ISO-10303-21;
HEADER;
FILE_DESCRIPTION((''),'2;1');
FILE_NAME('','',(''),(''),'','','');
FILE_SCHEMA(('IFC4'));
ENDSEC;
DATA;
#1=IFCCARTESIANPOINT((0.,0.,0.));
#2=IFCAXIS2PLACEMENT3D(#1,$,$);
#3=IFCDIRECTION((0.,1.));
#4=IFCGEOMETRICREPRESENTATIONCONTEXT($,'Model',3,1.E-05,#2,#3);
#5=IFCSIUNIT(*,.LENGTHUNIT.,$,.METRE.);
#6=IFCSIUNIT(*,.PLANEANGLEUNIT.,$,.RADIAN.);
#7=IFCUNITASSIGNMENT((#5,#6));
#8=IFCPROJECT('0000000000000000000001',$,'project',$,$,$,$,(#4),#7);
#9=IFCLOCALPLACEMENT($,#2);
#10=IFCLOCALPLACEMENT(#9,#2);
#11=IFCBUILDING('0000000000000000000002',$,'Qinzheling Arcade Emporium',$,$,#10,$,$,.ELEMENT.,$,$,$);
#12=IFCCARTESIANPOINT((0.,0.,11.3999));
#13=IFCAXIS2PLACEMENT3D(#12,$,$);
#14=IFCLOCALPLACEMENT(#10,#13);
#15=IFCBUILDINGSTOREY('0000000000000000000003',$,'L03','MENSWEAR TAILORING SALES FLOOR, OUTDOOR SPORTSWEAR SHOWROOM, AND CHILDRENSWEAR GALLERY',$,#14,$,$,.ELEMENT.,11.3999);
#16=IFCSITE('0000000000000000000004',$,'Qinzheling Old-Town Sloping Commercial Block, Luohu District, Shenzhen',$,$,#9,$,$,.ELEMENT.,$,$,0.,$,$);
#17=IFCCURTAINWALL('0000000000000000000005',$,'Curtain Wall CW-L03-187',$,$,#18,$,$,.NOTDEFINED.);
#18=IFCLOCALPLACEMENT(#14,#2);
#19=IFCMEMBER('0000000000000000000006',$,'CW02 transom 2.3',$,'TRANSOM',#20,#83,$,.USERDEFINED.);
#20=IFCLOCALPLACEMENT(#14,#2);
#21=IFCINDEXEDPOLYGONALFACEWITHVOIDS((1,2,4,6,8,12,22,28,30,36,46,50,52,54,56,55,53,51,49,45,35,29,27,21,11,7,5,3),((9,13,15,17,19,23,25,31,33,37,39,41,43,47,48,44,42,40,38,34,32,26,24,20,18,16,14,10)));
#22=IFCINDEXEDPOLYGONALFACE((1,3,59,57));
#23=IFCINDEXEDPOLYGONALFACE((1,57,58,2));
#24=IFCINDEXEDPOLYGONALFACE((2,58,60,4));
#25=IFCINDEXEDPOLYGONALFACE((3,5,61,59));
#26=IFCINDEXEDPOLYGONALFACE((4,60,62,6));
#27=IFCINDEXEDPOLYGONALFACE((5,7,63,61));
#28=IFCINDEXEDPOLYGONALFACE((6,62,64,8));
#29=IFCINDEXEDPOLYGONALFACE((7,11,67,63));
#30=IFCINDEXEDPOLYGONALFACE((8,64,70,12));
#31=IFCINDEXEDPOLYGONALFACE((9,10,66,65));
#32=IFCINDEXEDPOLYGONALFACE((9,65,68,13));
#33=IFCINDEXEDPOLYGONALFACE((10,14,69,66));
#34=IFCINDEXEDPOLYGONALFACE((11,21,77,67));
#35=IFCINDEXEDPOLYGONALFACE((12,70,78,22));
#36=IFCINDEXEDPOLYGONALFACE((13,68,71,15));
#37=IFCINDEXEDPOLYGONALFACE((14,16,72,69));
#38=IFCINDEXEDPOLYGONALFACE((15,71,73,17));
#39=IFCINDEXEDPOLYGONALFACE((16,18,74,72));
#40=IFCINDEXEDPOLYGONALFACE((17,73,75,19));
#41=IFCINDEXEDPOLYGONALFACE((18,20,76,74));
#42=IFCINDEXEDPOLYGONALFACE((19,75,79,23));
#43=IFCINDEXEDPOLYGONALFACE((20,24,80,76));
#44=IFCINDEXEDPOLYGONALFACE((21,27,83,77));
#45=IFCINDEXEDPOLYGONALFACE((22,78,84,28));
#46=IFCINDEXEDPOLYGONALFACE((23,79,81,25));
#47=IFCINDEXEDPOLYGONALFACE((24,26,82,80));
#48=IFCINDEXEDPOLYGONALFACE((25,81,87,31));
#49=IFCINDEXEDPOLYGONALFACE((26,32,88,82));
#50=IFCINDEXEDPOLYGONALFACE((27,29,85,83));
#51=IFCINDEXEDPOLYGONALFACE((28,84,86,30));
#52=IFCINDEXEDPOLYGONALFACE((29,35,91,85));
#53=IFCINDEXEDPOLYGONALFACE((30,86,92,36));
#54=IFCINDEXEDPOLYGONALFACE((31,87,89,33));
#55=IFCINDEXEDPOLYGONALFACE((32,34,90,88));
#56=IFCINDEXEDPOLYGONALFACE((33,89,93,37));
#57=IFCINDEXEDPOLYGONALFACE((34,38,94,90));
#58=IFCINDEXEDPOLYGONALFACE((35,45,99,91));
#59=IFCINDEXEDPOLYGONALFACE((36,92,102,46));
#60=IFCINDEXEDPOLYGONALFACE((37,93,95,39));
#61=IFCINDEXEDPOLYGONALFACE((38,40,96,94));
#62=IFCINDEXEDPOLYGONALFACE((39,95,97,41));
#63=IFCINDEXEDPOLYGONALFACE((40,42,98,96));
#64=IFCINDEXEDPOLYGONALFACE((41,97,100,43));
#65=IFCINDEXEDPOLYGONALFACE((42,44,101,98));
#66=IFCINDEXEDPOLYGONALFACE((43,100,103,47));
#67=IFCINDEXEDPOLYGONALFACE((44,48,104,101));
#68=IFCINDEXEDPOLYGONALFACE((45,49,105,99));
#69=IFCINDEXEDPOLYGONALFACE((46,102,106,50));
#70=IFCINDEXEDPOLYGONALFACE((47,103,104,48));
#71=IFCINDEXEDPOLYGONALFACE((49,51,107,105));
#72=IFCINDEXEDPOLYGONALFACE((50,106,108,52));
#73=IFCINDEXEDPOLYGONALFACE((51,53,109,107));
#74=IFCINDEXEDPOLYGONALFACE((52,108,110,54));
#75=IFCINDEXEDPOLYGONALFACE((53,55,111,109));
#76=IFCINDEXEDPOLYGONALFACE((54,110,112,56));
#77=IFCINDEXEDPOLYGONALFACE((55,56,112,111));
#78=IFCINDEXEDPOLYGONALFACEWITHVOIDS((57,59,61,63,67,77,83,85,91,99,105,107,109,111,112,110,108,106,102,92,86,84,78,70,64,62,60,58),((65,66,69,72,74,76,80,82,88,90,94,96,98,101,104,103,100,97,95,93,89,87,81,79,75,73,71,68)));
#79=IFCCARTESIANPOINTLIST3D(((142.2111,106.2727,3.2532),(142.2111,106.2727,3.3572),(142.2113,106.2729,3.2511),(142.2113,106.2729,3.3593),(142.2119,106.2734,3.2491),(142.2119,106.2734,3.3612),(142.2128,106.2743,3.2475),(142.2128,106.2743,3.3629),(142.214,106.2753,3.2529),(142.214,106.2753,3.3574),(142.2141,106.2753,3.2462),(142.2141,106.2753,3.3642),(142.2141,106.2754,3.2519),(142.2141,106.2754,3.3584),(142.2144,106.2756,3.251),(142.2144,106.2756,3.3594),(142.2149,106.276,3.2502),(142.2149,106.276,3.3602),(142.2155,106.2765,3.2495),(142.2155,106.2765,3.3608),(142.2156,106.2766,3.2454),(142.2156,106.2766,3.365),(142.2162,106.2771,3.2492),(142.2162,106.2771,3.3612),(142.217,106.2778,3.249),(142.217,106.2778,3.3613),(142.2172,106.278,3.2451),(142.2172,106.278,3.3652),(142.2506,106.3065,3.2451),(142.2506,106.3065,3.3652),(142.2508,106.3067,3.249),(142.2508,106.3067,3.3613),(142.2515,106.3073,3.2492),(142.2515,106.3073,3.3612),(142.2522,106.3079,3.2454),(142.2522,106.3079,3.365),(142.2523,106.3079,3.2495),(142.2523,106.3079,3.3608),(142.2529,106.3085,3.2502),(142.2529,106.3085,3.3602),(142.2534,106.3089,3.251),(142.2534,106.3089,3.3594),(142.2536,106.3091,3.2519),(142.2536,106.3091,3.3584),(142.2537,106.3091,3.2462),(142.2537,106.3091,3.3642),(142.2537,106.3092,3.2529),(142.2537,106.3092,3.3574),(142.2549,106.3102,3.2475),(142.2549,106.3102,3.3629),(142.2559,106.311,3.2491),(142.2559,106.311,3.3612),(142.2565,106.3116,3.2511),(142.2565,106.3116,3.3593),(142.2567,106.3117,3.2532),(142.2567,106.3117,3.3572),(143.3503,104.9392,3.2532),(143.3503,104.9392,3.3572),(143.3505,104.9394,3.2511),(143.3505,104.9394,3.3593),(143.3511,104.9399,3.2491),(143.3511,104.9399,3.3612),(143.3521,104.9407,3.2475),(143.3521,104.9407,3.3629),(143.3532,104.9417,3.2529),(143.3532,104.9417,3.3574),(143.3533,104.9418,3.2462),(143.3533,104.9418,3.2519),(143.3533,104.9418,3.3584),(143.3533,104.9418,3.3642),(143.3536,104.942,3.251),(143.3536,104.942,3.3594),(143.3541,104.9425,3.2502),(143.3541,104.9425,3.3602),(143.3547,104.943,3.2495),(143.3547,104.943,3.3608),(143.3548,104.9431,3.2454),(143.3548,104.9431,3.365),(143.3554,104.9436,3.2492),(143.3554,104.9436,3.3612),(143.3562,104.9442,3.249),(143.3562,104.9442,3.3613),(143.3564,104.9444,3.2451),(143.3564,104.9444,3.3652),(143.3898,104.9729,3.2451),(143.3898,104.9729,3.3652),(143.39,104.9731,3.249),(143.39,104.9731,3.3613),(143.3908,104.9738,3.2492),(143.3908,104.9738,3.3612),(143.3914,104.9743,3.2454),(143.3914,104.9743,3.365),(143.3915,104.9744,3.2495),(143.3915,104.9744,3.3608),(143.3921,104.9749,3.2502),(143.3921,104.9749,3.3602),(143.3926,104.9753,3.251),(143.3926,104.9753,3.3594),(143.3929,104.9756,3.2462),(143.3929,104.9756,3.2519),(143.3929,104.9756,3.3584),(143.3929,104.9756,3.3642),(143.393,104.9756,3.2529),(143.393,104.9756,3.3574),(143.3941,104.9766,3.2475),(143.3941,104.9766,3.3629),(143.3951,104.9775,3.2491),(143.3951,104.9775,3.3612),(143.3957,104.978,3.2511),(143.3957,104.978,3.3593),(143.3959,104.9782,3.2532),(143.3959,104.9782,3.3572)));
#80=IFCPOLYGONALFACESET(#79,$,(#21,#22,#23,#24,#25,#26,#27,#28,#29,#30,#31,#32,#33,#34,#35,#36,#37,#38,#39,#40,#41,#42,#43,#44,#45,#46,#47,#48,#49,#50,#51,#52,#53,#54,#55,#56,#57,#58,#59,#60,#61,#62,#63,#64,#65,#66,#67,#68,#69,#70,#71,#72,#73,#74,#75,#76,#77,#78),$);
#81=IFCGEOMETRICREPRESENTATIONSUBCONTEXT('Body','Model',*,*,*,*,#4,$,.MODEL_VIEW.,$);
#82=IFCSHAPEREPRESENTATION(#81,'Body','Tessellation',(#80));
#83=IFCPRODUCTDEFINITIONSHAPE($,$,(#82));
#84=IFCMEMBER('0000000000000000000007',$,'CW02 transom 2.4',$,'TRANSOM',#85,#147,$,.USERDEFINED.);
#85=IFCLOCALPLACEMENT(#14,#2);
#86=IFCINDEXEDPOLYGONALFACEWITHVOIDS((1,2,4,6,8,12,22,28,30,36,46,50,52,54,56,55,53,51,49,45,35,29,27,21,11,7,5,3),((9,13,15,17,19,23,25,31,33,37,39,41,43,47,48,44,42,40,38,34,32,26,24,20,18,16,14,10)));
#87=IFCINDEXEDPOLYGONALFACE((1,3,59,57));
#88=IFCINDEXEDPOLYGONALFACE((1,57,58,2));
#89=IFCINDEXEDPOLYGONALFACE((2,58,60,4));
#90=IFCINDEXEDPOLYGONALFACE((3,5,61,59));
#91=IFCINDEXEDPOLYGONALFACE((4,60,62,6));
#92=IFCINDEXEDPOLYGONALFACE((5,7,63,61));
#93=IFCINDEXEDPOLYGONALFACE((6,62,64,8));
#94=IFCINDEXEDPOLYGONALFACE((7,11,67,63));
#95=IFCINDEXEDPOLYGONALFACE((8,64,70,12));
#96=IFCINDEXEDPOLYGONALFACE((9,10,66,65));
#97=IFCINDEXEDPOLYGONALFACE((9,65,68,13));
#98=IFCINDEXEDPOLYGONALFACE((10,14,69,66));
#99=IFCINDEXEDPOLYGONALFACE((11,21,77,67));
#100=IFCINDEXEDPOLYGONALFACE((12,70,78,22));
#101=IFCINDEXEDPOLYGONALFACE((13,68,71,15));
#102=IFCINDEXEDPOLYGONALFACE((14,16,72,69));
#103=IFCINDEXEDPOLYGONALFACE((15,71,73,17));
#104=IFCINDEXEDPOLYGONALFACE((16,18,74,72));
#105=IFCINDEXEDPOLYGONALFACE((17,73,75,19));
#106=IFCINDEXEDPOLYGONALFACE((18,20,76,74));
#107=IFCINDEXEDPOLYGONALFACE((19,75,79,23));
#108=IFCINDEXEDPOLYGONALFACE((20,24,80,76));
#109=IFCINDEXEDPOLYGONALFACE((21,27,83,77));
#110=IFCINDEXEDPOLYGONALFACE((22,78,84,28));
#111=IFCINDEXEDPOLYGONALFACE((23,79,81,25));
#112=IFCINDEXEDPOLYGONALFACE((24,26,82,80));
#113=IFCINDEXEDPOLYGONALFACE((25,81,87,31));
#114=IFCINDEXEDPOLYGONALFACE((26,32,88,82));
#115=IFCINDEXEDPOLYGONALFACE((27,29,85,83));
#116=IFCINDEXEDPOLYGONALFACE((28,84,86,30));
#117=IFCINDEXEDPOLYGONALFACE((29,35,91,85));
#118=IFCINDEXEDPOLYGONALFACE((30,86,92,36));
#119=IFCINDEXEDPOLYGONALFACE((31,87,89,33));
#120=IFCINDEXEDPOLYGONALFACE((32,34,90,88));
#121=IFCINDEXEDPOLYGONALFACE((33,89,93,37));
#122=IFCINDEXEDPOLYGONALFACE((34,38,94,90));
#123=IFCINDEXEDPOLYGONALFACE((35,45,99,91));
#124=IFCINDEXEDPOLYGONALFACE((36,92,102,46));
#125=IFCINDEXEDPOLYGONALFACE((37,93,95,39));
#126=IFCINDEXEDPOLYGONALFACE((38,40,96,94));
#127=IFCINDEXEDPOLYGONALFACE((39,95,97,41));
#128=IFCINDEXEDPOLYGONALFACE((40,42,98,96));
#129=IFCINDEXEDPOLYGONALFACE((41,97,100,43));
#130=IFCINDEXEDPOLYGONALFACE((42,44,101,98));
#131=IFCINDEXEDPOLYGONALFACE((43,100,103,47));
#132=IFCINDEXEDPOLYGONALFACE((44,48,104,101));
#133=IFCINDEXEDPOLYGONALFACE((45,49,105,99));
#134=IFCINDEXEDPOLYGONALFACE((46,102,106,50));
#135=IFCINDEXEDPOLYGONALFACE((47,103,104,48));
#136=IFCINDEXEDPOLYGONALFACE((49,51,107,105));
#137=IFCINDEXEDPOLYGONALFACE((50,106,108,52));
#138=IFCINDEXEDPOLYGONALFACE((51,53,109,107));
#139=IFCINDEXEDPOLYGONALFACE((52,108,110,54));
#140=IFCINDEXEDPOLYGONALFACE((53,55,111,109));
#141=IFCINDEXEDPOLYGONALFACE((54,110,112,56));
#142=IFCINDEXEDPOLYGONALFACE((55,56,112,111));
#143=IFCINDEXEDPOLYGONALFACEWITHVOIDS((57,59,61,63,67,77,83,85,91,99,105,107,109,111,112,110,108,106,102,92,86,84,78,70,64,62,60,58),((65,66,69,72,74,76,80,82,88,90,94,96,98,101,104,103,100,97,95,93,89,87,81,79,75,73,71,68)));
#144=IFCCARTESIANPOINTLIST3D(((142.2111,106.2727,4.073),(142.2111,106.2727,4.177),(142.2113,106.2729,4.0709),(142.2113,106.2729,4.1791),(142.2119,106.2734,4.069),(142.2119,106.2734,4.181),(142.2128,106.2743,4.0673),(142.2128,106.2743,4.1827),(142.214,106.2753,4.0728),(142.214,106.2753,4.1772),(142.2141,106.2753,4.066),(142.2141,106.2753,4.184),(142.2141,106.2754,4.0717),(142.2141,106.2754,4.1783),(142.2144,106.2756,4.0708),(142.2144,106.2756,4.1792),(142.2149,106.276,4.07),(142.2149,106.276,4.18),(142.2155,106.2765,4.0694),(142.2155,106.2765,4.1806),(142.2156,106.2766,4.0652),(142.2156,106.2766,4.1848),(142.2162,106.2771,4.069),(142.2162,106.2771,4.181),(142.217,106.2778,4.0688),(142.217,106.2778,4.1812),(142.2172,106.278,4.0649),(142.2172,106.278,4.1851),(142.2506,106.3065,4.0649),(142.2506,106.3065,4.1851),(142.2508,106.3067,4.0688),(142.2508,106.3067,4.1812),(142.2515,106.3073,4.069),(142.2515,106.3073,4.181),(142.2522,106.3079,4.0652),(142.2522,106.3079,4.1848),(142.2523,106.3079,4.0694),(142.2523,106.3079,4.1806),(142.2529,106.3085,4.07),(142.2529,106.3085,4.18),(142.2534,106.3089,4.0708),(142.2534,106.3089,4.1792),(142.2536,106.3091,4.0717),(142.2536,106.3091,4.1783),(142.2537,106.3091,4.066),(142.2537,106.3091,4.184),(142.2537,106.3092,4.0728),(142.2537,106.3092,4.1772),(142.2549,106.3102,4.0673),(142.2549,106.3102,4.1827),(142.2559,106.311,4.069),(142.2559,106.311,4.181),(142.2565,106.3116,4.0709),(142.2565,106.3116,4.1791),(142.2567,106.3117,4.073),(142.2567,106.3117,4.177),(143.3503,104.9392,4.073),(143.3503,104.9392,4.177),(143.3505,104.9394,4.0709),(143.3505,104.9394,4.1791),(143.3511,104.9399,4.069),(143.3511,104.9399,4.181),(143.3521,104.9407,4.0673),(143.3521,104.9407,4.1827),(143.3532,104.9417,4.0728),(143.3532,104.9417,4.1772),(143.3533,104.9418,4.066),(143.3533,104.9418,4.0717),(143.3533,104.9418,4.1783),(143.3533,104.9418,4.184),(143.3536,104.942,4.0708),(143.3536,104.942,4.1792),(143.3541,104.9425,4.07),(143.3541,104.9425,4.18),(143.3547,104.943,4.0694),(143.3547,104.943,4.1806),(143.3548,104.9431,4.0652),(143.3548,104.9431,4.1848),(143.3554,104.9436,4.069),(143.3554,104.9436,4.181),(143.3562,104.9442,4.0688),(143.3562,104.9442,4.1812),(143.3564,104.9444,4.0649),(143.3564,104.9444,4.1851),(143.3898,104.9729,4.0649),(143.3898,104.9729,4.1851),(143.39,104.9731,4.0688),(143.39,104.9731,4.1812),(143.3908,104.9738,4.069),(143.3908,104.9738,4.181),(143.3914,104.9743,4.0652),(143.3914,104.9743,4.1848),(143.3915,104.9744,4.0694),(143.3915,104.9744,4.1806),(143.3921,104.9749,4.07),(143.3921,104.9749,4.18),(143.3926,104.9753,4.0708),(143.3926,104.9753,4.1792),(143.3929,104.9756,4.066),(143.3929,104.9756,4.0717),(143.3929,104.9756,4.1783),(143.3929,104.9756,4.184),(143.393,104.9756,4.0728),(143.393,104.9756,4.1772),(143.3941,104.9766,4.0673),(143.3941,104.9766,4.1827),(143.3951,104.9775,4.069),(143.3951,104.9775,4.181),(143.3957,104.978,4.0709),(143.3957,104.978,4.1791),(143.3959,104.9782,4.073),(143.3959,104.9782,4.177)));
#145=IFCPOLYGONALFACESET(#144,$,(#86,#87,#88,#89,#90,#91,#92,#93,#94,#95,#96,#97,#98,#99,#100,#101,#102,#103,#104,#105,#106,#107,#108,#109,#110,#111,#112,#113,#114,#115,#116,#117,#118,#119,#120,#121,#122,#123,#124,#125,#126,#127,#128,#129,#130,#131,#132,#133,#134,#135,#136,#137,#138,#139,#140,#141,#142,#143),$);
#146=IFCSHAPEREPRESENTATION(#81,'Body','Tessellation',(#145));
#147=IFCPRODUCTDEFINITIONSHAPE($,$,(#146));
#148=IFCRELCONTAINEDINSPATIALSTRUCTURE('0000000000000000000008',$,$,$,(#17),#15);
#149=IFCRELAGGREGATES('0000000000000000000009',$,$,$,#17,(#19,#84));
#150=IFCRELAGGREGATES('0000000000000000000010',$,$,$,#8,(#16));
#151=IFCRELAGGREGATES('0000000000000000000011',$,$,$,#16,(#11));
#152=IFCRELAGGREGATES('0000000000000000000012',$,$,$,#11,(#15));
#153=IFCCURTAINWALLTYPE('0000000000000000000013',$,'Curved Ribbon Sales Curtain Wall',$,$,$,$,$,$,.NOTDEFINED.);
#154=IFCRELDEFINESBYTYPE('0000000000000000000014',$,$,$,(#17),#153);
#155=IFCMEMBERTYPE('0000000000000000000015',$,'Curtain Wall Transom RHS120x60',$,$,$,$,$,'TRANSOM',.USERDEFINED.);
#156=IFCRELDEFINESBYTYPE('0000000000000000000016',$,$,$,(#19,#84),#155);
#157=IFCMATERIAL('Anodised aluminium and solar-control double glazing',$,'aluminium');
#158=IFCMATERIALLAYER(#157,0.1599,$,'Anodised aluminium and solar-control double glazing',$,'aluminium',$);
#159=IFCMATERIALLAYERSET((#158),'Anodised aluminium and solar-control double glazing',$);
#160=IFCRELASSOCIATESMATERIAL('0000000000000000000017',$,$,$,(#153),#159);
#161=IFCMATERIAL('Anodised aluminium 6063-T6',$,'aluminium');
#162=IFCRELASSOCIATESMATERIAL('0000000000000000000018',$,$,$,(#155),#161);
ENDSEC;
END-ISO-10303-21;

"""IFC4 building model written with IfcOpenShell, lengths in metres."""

from ifc_helpers import new_model, si_unit, direction, frame, origin, origin_2d, place, context, subcontext, project, spatial, hollow_rectangle, extrude, material, layer, layer_set, material_profile, profile_set, type_object, element, aggregate, save


model = new_model("IFC4")

# Units and contexts
model_context = context("Model", 3, precision=1e-05, world=origin(), true_north=direction((0.0, 1.0)))
body_context = subcontext(model_context, "Body", "Model", "MODEL_VIEW")
ifc_project = project(units=[si_unit("LENGTHUNIT", "METRE"), si_unit("PLANEANGLEUNIT", "RADIAN")], contexts=[model_context])

# Site, building, storey
site_placement = place(None, origin())
site = spatial("IfcSite", under=ifc_project, at=site_placement, Name="Qinzheling Old-Town Sloping Commercial Block, Luohu District, Shenzhen", CompositionType="ELEMENT", RefElevation=0.0)
building_placement = place(site_placement, origin())
building = spatial("IfcBuilding", under=site, at=building_placement, Name="Qinzheling Arcade Emporium", CompositionType="ELEMENT")
storey_placement = place(building_placement, frame((0.0, 0.0, 11.3999)))
storey = spatial("IfcBuildingStorey", under=building, at=storey_placement, Name="L03", Description="MENSWEAR TAILORING SALES FLOOR, OUTDOOR SPORTSWEAR SHOWROOM, AND CHILDRENSWEAR GALLERY", CompositionType="ELEMENT", Elevation=11.3999)

# Curtain wall
ifc_material_1 = material(Name="Anodised aluminium and solar-control double glazing", Category="aluminium")
ifc_layer_1 = layer(ifc_material_1, 0.1599, Name="Anodised aluminium and solar-control double glazing", Category="aluminium")
ifc_layer_set_1 = layer_set([ifc_layer_1], Name="Anodised aluminium and solar-control double glazing")
curtain_wall_type = type_object("IfcCurtainWallType", Name="Curved Ribbon Sales Curtain Wall", PredefinedType="NOTDEFINED", material=ifc_layer_set_1)
ifc_material_2 = material(Name="Anodised aluminium 6063-T6", Category="aluminium")
curtain_wall_1_placement = place(storey_placement, origin())
curtain_wall_1 = element("IfcCurtainWall", 1, at=curtain_wall_1_placement, inside=storey, type_object=curtain_wall_type, Name="Curtain Wall CW-L03-187", PredefinedType="NOTDEFINED")

# Members
ifc_material_profile_1 = material_profile(ifc_material_2, hollow_rectangle(XDim=0.0601, YDim=0.1201, WallThickness=0.0039, InnerFilletRadius=0.0039, OuterFilletRadius=0.0081, at=origin_2d()), Name="RHS 120x60x4", Category="aluminium")
ifc_profile_set_1 = profile_set([ifc_material_profile_1], Name="Anodised aluminium 6063-T6")
member_type_1 = type_object("IfcMemberType", Name="Curtain Wall Transom RHS120x60", ElementType="TRANSOM", PredefinedType="USERDEFINED", material=ifc_profile_set_1)
member_1_placement = place(storey_placement, frame((142.2339, 106.2922, 3.3052), z_axis=(0.649529, -0.760336, 0.0), x_axis=(0.760336, 0.649529, 0.0)))
member_1 = element("IfcMember", 2, at=member_1_placement, type_object=member_type_1, Name="CW02 transom 2.3", ObjectType="TRANSOM", PredefinedType="USERDEFINED", context=body_context, shape_type="SweptSolid", body=[
    extrude(hollow_rectangle(XDim=0.0601, YDim=0.1201, WallThickness=0.0039, InnerFilletRadius=0.0039, OuterFilletRadius=0.0081, at=origin_2d()), origin(), (0.0, 0.0, 1.0), 1.7539),
])
member_2_placement = place(storey_placement, frame((142.2339, 106.2922, 4.125), z_axis=(0.649529, -0.760336, 0.0), x_axis=(0.760336, 0.649529, 0.0)))
member_2 = element("IfcMember", 3, at=member_2_placement, type_object=member_type_1, Name="CW02 transom 2.4", ObjectType="TRANSOM", PredefinedType="USERDEFINED", context=body_context, shape_type="SweptSolid", body=[
    extrude(hollow_rectangle(XDim=0.0601, YDim=0.1201, WallThickness=0.0039, InnerFilletRadius=0.0039, OuterFilletRadius=0.0081, at=origin_2d()), origin(), (0.0, 0.0, 1.0), 1.7539),
])

aggregate(curtain_wall_1, [member_1, member_2])

save(model, "model.ifc")
